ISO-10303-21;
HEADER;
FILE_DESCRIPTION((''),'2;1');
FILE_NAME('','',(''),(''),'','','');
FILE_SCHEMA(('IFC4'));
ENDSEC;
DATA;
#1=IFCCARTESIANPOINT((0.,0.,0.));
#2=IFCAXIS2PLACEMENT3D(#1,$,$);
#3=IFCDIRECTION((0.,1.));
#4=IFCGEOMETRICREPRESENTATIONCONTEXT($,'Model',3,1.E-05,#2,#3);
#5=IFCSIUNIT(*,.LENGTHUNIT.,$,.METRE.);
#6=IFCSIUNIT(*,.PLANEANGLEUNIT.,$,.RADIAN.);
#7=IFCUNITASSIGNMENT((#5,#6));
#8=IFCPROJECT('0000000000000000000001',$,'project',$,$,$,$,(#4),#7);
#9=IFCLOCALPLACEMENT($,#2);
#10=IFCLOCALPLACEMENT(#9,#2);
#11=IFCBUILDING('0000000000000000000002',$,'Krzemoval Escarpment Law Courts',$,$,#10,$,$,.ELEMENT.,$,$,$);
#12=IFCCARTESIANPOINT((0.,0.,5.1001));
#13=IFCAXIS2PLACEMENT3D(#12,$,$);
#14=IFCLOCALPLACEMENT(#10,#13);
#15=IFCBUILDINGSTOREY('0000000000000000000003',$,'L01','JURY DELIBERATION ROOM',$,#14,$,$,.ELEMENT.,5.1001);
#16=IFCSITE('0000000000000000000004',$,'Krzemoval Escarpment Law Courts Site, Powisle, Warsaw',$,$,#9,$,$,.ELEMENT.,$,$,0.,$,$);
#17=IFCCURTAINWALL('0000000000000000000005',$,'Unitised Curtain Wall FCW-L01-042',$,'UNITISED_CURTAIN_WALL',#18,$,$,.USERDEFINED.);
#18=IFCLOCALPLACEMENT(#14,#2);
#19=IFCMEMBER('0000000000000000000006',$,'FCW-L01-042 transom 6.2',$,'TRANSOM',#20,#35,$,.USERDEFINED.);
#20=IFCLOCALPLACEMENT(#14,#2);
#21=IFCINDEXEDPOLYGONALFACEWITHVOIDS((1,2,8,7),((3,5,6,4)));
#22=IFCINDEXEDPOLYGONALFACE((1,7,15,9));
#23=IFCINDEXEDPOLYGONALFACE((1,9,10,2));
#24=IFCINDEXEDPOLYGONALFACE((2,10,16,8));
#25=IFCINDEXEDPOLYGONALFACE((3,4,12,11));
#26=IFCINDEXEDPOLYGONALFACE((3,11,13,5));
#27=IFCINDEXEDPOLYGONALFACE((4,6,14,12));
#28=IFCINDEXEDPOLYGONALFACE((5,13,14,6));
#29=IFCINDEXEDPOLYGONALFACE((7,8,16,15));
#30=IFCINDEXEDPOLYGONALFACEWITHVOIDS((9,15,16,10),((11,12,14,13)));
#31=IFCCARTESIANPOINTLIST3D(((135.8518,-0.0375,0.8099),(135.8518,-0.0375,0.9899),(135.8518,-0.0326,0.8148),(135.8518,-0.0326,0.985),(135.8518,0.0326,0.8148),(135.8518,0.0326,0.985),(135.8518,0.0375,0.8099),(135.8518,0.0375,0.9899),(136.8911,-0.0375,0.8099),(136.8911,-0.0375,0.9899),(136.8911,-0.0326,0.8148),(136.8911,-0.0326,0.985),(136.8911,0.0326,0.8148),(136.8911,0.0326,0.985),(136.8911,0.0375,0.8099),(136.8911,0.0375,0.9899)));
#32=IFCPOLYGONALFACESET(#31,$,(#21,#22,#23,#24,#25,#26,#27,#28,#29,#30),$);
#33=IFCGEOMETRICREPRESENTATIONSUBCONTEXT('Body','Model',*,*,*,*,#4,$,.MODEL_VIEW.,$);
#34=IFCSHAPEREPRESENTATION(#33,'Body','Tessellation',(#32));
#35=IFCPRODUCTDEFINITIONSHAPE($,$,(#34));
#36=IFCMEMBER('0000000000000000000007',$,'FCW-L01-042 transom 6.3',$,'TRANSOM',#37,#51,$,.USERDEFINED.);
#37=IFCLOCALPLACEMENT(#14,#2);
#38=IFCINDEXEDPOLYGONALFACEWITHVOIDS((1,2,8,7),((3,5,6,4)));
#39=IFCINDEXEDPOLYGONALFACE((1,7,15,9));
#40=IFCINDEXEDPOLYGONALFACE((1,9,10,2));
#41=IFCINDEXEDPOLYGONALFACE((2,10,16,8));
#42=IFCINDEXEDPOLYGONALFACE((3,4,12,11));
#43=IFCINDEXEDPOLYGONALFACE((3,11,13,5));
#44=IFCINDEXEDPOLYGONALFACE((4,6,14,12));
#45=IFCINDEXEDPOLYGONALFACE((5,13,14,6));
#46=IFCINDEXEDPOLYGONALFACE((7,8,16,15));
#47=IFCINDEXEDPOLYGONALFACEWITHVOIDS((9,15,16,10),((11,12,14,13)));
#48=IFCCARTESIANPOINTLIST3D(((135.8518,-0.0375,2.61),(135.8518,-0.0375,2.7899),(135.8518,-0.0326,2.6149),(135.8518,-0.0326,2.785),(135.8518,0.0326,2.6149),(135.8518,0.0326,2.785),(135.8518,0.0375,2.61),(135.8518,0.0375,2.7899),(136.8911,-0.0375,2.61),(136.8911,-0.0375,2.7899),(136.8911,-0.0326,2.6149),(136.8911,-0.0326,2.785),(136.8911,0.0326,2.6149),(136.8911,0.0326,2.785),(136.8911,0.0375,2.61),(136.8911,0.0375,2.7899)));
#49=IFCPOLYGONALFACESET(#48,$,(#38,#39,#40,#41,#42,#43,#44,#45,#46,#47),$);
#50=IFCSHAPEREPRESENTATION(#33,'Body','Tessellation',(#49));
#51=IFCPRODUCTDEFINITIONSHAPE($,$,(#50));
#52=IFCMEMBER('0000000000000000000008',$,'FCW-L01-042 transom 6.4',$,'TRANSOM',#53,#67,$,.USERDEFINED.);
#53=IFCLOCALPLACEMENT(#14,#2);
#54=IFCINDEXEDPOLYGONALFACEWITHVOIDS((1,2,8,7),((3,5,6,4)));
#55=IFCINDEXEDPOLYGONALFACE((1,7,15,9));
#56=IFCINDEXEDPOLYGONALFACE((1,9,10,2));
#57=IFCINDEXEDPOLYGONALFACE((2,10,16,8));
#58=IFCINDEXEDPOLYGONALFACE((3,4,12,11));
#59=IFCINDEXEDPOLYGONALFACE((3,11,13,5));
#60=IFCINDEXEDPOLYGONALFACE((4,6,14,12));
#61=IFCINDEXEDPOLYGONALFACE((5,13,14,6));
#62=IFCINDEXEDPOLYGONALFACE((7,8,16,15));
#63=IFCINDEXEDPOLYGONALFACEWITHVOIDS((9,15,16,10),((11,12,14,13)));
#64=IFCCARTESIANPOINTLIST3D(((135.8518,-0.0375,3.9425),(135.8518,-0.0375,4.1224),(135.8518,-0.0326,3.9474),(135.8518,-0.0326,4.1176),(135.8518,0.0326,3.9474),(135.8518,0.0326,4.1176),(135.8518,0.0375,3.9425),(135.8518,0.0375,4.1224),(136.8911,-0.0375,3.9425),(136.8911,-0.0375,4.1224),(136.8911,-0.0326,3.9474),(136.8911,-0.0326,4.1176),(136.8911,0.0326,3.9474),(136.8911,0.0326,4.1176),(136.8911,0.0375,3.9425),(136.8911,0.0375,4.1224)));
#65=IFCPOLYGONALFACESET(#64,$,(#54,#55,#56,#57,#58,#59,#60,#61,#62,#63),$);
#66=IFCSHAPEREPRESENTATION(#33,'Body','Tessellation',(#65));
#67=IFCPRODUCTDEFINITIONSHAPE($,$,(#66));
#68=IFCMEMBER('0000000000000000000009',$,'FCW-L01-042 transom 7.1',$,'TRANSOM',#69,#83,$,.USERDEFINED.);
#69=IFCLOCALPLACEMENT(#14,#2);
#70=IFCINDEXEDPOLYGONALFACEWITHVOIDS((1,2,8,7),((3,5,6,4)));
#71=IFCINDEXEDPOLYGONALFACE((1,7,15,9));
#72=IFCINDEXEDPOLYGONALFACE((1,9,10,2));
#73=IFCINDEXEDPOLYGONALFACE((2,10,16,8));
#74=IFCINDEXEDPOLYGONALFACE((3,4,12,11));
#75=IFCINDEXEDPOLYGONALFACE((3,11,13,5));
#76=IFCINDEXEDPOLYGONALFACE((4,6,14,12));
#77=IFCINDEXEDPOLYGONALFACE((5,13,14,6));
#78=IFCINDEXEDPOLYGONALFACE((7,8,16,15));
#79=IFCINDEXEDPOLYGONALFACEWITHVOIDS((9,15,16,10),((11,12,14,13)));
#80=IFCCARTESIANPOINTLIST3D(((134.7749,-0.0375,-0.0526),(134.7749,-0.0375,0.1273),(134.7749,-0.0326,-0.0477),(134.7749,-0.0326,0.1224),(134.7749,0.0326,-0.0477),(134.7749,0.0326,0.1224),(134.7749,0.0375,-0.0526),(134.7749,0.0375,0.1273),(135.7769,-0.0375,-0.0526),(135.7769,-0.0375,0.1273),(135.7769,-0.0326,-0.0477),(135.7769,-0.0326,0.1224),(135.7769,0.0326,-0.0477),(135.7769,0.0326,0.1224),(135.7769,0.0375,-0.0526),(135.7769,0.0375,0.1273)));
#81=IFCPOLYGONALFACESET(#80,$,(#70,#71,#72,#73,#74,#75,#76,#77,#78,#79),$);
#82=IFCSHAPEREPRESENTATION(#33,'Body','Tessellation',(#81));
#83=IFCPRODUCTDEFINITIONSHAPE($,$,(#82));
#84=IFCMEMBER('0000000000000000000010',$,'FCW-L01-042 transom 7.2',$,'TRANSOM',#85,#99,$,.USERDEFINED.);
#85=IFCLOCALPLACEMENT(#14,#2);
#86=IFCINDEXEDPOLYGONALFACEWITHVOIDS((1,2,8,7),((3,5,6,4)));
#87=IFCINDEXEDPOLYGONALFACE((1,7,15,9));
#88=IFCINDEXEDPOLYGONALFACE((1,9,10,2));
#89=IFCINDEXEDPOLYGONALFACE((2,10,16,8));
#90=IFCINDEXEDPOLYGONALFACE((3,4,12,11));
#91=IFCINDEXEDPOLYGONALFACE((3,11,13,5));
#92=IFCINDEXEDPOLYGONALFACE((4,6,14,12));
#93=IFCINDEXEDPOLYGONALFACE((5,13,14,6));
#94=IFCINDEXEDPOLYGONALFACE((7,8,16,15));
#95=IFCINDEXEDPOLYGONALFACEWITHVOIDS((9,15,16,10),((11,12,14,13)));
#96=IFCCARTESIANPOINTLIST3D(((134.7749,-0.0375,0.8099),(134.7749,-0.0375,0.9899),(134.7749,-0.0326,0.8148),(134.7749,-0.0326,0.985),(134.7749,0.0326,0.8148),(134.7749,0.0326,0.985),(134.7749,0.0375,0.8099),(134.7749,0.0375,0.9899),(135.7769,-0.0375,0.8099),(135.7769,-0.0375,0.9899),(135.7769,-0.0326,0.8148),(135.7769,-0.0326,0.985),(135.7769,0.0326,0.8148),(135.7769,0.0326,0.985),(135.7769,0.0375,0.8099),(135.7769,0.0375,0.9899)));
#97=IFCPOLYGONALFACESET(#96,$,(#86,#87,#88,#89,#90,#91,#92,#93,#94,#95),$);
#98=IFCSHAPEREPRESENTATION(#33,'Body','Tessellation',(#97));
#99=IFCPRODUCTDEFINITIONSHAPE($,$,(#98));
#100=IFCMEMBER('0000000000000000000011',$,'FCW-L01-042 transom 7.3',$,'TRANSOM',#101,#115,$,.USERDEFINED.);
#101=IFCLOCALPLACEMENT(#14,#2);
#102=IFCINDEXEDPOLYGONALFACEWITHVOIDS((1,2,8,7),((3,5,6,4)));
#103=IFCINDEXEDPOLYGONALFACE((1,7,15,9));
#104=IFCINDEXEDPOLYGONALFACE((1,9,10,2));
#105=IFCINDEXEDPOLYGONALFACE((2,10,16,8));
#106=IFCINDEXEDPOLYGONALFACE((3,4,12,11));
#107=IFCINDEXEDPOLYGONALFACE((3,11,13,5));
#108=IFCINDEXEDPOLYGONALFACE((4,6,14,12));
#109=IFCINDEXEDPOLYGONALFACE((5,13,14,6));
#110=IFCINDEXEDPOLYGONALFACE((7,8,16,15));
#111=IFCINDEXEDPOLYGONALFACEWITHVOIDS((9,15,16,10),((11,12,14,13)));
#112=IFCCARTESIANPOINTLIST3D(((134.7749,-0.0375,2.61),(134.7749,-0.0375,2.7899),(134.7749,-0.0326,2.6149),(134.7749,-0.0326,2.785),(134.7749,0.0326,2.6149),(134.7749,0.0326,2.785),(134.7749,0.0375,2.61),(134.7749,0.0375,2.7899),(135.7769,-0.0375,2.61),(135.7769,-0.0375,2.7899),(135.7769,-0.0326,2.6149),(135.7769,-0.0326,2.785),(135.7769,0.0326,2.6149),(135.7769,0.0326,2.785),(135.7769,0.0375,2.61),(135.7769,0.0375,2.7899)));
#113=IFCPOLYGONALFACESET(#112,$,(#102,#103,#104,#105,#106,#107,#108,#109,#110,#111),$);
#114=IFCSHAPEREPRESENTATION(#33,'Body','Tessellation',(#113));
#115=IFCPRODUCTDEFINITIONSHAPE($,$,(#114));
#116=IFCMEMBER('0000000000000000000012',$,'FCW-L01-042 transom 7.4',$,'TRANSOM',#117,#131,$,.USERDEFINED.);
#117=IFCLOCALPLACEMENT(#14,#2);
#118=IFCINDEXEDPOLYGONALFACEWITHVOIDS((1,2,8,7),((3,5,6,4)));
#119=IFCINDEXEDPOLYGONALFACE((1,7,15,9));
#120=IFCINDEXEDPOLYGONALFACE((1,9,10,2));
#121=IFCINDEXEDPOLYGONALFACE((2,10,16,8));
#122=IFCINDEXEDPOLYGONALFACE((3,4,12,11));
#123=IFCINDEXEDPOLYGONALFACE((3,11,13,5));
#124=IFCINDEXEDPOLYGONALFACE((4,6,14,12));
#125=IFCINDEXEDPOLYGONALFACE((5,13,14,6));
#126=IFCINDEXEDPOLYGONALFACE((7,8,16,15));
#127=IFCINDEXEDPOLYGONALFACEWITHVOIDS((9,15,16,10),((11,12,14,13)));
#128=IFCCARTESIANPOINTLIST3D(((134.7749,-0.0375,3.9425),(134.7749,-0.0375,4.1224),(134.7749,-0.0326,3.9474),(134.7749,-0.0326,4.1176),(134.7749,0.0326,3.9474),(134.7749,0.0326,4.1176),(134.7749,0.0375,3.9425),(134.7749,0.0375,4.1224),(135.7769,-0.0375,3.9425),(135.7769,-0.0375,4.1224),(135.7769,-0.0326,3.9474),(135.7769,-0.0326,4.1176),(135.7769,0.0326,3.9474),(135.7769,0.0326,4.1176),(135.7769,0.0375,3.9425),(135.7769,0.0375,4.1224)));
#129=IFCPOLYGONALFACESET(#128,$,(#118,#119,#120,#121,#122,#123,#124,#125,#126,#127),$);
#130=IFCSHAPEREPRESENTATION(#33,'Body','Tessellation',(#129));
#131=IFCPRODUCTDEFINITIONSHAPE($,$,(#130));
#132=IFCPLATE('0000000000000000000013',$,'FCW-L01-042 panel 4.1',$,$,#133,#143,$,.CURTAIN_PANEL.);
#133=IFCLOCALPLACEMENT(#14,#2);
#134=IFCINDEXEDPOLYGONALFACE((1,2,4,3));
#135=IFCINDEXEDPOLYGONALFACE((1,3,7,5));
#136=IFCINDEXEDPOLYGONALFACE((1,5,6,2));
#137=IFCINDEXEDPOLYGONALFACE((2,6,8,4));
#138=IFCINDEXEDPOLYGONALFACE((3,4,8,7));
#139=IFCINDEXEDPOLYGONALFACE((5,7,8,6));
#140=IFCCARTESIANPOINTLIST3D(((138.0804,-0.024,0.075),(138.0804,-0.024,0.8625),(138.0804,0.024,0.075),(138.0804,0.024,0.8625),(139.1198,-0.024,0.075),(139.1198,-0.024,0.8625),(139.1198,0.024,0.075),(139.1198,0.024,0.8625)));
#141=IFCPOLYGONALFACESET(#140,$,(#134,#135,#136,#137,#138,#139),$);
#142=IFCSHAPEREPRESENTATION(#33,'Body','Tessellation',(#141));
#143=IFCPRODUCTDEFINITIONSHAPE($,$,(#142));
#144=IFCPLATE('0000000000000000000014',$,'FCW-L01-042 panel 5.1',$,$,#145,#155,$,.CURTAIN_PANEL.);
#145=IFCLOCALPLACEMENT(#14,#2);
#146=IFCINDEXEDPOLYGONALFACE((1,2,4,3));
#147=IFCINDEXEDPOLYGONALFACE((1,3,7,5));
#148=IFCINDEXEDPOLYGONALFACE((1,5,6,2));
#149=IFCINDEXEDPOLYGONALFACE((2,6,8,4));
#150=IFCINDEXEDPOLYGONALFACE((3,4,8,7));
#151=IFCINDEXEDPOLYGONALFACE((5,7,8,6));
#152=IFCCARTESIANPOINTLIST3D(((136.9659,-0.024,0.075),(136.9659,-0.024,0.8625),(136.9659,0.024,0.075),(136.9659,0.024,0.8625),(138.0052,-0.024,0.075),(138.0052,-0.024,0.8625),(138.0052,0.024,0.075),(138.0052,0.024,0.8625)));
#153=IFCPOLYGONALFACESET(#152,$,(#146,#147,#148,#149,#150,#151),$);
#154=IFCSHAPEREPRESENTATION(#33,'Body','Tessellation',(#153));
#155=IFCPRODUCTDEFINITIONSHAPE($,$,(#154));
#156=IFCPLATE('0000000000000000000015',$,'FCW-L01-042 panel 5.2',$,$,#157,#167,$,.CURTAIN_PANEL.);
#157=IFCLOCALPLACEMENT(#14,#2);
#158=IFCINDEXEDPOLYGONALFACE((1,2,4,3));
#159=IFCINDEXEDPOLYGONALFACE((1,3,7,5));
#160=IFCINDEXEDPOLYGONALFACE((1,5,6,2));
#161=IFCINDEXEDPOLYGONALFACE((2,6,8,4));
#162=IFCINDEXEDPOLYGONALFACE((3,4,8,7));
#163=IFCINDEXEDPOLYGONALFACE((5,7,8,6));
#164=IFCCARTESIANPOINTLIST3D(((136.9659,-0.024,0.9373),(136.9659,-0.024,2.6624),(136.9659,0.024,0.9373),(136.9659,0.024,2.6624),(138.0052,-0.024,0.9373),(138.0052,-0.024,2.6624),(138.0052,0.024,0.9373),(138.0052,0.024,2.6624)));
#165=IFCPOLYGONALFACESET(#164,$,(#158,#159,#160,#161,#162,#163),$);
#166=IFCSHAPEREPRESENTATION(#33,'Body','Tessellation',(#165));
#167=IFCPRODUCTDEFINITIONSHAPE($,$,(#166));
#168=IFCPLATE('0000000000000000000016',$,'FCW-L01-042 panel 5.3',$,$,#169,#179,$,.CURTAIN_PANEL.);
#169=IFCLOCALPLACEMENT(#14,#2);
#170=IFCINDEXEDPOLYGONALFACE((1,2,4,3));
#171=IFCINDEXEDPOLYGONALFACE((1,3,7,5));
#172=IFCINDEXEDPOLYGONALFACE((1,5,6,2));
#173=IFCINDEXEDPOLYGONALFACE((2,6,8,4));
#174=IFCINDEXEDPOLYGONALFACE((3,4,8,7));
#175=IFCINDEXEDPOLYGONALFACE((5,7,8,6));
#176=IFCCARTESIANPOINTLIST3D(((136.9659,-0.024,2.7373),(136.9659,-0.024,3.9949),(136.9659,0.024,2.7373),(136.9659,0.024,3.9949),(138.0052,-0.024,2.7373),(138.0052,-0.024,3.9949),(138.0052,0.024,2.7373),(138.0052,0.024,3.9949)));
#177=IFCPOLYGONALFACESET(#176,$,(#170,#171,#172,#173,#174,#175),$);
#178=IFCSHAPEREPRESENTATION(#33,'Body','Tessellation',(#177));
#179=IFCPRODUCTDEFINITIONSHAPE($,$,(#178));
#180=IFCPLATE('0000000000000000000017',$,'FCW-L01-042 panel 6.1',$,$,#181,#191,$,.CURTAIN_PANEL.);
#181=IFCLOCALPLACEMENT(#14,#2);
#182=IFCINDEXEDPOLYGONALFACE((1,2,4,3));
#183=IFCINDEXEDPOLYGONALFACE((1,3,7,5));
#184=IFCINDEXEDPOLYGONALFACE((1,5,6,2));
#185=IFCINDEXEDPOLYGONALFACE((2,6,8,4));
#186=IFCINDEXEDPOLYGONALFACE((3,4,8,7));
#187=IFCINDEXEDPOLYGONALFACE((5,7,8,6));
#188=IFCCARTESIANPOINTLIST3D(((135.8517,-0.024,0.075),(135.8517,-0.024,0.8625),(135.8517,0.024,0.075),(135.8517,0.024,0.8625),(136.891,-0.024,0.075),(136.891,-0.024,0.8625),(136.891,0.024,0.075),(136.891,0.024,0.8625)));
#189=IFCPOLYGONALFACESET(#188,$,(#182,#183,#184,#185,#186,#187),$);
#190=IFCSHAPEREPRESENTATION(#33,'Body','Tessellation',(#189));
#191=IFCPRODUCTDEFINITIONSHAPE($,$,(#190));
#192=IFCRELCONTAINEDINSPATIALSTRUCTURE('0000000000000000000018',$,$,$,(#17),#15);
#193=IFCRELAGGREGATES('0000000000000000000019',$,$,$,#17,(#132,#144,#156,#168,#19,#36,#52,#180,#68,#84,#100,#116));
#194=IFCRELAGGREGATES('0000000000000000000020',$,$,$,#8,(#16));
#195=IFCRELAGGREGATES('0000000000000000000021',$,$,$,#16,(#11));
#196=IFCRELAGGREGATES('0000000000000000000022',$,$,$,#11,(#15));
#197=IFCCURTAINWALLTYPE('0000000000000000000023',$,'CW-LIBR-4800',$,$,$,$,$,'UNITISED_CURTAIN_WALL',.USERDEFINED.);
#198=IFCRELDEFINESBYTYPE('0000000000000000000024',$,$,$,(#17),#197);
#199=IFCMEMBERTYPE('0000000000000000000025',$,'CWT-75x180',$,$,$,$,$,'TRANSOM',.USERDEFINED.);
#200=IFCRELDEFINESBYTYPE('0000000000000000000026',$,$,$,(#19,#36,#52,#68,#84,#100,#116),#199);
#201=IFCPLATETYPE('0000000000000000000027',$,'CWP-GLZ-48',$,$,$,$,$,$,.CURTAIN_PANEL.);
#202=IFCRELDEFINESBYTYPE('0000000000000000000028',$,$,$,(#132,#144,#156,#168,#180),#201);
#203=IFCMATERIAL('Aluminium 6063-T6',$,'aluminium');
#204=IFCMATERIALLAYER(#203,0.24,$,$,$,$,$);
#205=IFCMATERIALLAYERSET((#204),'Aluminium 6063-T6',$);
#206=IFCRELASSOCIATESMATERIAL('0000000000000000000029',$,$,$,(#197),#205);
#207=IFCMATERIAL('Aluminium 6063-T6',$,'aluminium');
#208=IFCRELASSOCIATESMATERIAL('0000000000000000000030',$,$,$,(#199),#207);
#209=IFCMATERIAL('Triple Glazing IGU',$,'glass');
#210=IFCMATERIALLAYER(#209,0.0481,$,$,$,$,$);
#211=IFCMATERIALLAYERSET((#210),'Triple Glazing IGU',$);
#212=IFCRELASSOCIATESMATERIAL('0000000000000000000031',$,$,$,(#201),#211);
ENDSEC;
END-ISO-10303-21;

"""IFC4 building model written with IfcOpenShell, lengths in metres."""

from ifc_helpers import new_model, si_unit, direction, frame, origin, origin_2d, place, context, subcontext, project, spatial, rectangle, hollow_rectangle, extrude, material, layer, layer_set, material_profile, profile_set, type_object, element, aggregate, save


model = new_model("IFC4")

# Units and contexts
model_context = context("Model", 3, precision=1e-05, world=origin(), true_north=direction((0.0, 1.0)))
body_context = subcontext(model_context, "Body", "Model", "MODEL_VIEW")
ifc_project = project(units=[si_unit("LENGTHUNIT", "METRE"), si_unit("PLANEANGLEUNIT", "RADIAN")], contexts=[model_context])

# Site, building, storey
site_placement = place(None, origin())
site = spatial("IfcSite", under=ifc_project, at=site_placement, Name="Krzemoval Escarpment Law Courts Site, Powisle, Warsaw", CompositionType="ELEMENT", RefElevation=0.0)
building_placement = place(site_placement, origin())
building = spatial("IfcBuilding", under=site, at=building_placement, Name="Krzemoval Escarpment Law Courts", CompositionType="ELEMENT")
storey_placement = place(building_placement, frame((0.0, 0.0, 5.1001)))
storey = spatial("IfcBuildingStorey", under=building, at=storey_placement, Name="L01", Description="JURY DELIBERATION ROOM", CompositionType="ELEMENT", Elevation=5.1001)

# Curtain wall, members, plates
ifc_material_1 = material(Name="Aluminium 6063-T6", Category="aluminium")
ifc_layer_1 = layer(ifc_material_1, 0.24)
ifc_layer_set_1 = layer_set([ifc_layer_1], Name="Aluminium 6063-T6")
curtain_wall_type = type_object("IfcCurtainWallType", Name="CW-LIBR-4800", ElementType="UNITISED_CURTAIN_WALL", PredefinedType="USERDEFINED", material=ifc_layer_set_1)
curtain_wall_placement = place(storey_placement, origin())
curtain_wall = element("IfcCurtainWall", 1, at=curtain_wall_placement, inside=storey, type_object=curtain_wall_type, Name="Unitised Curtain Wall FCW-L01-042", ObjectType="UNITISED_CURTAIN_WALL", PredefinedType="USERDEFINED")
ifc_material_2 = material(Name="Aluminium 6063-T6", Category="aluminium")
ifc_material_profile_1 = material_profile(ifc_material_2, hollow_rectangle(XDim=0.075, YDim=0.1799, WallThickness=0.0049, at=origin_2d()), Name="ALU T75x180")
ifc_profile_set_1 = profile_set([ifc_material_profile_1], Name="Aluminium 6063-T6")
member_type_1 = type_object("IfcMemberType", Name="CWT-75x180", ElementType="TRANSOM", PredefinedType="USERDEFINED", material=ifc_profile_set_1)
member_1_placement = place(storey_placement, frame((136.8911, 0.0, 0.8999), z_axis=(-1.0, 0.0, 0.0), x_axis=(0.0, -1.0, 0.0)))
member_1 = element("IfcMember", 2, at=member_1_placement, type_object=member_type_1, Name="FCW-L01-042 transom 6.2", ObjectType="TRANSOM", PredefinedType="USERDEFINED", context=body_context, shape_type="SweptSolid", body=[
    extrude(hollow_rectangle(XDim=0.075, YDim=0.1799, WallThickness=0.0049, at=origin_2d()), origin(), (0.0, 0.0, 1.0), 1.0393),
])
member_2_placement = place(storey_placement, frame((136.8911, 0.0, 2.7), z_axis=(-1.0, 0.0, 0.0), x_axis=(0.0, -1.0, 0.0)))
member_2 = element("IfcMember", 3, at=member_2_placement, type_object=member_type_1, Name="FCW-L01-042 transom 6.3", ObjectType="TRANSOM", PredefinedType="USERDEFINED", context=body_context, shape_type="SweptSolid", body=[
    extrude(hollow_rectangle(XDim=0.075, YDim=0.1799, WallThickness=0.0049, at=origin_2d()), origin(), (0.0, 0.0, 1.0), 1.0393),
])
member_3_placement = place(storey_placement, frame((136.8911, 0.0, 4.0325), z_axis=(-1.0, 0.0, 0.0), x_axis=(0.0, -1.0, 0.0)))
member_3 = element("IfcMember", 4, at=member_3_placement, type_object=member_type_1, Name="FCW-L01-042 transom 6.4", ObjectType="TRANSOM", PredefinedType="USERDEFINED", context=body_context, shape_type="SweptSolid", body=[
    extrude(hollow_rectangle(XDim=0.075, YDim=0.1799, WallThickness=0.0049, at=origin_2d()), origin(), (0.0, 0.0, 1.0), 1.0393),
])
member_4_placement = place(storey_placement, frame((135.7769, 0.0, 0.0374), z_axis=(-1.0, 0.0, 0.0), x_axis=(0.0, -1.0, 0.0)))
member_4 = element("IfcMember", 5, at=member_4_placement, type_object=member_type_1, Name="FCW-L01-042 transom 7.1", ObjectType="TRANSOM", PredefinedType="USERDEFINED", context=body_context, shape_type="SweptSolid", body=[
    extrude(hollow_rectangle(XDim=0.075, YDim=0.1799, WallThickness=0.0049, at=origin_2d()), origin(), (0.0, 0.0, 1.0), 1.002),
])
member_5_placement = place(storey_placement, frame((135.7769, 0.0, 0.8999), z_axis=(-1.0, 0.0, 0.0), x_axis=(0.0, -1.0, 0.0)))
member_5 = element("IfcMember", 6, at=member_5_placement, type_object=member_type_1, Name="FCW-L01-042 transom 7.2", ObjectType="TRANSOM", PredefinedType="USERDEFINED", context=body_context, shape_type="SweptSolid", body=[
    extrude(hollow_rectangle(XDim=0.075, YDim=0.1799, WallThickness=0.0049, at=origin_2d()), origin(), (0.0, 0.0, 1.0), 1.002),
])
member_6_placement = place(storey_placement, frame((135.7769, 0.0, 2.7), z_axis=(-1.0, 0.0, 0.0), x_axis=(0.0, -1.0, 0.0)))
member_6 = element("IfcMember", 7, at=member_6_placement, type_object=member_type_1, Name="FCW-L01-042 transom 7.3", ObjectType="TRANSOM", PredefinedType="USERDEFINED", context=body_context, shape_type="SweptSolid", body=[
    extrude(hollow_rectangle(XDim=0.075, YDim=0.1799, WallThickness=0.0049, at=origin_2d()), origin(), (0.0, 0.0, 1.0), 1.002),
])
member_7_placement = place(storey_placement, frame((135.7769, 0.0, 4.0325), z_axis=(-1.0, 0.0, 0.0), x_axis=(0.0, -1.0, 0.0)))
member_7 = element("IfcMember", 8, at=member_7_placement, type_object=member_type_1, Name="FCW-L01-042 transom 7.4", ObjectType="TRANSOM", PredefinedType="USERDEFINED", context=body_context, shape_type="SweptSolid", body=[
    extrude(hollow_rectangle(XDim=0.075, YDim=0.1799, WallThickness=0.0049, at=origin_2d()), origin(), (0.0, 0.0, 1.0), 1.002),
])
ifc_material_3 = material(Name="Triple Glazing IGU", Category="glass")
ifc_layer_2 = layer(ifc_material_3, 0.0481)
ifc_layer_set_2 = layer_set([ifc_layer_2], Name="Triple Glazing IGU")
plate_type = type_object("IfcPlateType", Name="CWP-GLZ-48", PredefinedType="CURTAIN_PANEL", material=ifc_layer_set_2)
plate_1_placement = place(storey_placement, frame((138.6001, 0.0, 0.075), z_axis=(0.0, 0.0, 1.0), x_axis=(-1.0, 0.0, 0.0)))
plate_1 = element("IfcPlate", 9, at=plate_1_placement, type_object=plate_type, Name="FCW-L01-042 panel 4.1", PredefinedType="CURTAIN_PANEL", context=body_context, shape_type="SweptSolid", body=[
    extrude(rectangle(XDim=1.0393, YDim=0.0481, at=origin_2d()), origin(), (0.0, 0.0, 1.0), 0.7876),
])
plate_2_placement = place(storey_placement, frame((137.4856, 0.0, 0.075), z_axis=(0.0, 0.0, 1.0), x_axis=(-1.0, 0.0, 0.0)))
plate_2 = element("IfcPlate", 10, at=plate_2_placement, type_object=plate_type, Name="FCW-L01-042 panel 5.1", PredefinedType="CURTAIN_PANEL", context=body_context, shape_type="SweptSolid", body=[
    extrude(rectangle(XDim=1.0393, YDim=0.0481, at=origin_2d()), origin(), (0.0, 0.0, 1.0), 0.7876),
])
plate_3_placement = place(storey_placement, frame((137.4856, 0.0, 0.9373), z_axis=(0.0, 0.0, 1.0), x_axis=(-1.0, 0.0, 0.0)))
plate_3 = element("IfcPlate", 11, at=plate_3_placement, type_object=plate_type, Name="FCW-L01-042 panel 5.2", PredefinedType="CURTAIN_PANEL", context=body_context, shape_type="SweptSolid", body=[
    extrude(rectangle(XDim=1.0393, YDim=0.0481, at=origin_2d()), origin(), (0.0, 0.0, 1.0), 1.7251),
])
plate_4_placement = place(storey_placement, frame((137.4856, 0.0, 2.7373), z_axis=(0.0, 0.0, 1.0), x_axis=(-1.0, 0.0, 0.0)))
plate_4 = element("IfcPlate", 12, at=plate_4_placement, type_object=plate_type, Name="FCW-L01-042 panel 5.3", PredefinedType="CURTAIN_PANEL", context=body_context, shape_type="SweptSolid", body=[
    extrude(rectangle(XDim=1.0393, YDim=0.0481, at=origin_2d()), origin(), (0.0, 0.0, 1.0), 1.2576),
])
plate_5_placement = place(storey_placement, frame((136.3713, 0.0, 0.075), z_axis=(0.0, 0.0, 1.0), x_axis=(-1.0, 0.0, 0.0)))
plate_5 = element("IfcPlate", 13, at=plate_5_placement, type_object=plate_type, Name="FCW-L01-042 panel 6.1", PredefinedType="CURTAIN_PANEL", context=body_context, shape_type="SweptSolid", body=[
    extrude(rectangle(XDim=1.0393, YDim=0.0481, at=origin_2d()), origin(), (0.0, 0.0, 1.0), 0.7876),
])
aggregate(curtain_wall, [plate_1, plate_2, plate_3, plate_4, member_1, member_2, member_3, plate_5, member_4, member_5, member_6, member_7])

save(model, "model.ifc")
